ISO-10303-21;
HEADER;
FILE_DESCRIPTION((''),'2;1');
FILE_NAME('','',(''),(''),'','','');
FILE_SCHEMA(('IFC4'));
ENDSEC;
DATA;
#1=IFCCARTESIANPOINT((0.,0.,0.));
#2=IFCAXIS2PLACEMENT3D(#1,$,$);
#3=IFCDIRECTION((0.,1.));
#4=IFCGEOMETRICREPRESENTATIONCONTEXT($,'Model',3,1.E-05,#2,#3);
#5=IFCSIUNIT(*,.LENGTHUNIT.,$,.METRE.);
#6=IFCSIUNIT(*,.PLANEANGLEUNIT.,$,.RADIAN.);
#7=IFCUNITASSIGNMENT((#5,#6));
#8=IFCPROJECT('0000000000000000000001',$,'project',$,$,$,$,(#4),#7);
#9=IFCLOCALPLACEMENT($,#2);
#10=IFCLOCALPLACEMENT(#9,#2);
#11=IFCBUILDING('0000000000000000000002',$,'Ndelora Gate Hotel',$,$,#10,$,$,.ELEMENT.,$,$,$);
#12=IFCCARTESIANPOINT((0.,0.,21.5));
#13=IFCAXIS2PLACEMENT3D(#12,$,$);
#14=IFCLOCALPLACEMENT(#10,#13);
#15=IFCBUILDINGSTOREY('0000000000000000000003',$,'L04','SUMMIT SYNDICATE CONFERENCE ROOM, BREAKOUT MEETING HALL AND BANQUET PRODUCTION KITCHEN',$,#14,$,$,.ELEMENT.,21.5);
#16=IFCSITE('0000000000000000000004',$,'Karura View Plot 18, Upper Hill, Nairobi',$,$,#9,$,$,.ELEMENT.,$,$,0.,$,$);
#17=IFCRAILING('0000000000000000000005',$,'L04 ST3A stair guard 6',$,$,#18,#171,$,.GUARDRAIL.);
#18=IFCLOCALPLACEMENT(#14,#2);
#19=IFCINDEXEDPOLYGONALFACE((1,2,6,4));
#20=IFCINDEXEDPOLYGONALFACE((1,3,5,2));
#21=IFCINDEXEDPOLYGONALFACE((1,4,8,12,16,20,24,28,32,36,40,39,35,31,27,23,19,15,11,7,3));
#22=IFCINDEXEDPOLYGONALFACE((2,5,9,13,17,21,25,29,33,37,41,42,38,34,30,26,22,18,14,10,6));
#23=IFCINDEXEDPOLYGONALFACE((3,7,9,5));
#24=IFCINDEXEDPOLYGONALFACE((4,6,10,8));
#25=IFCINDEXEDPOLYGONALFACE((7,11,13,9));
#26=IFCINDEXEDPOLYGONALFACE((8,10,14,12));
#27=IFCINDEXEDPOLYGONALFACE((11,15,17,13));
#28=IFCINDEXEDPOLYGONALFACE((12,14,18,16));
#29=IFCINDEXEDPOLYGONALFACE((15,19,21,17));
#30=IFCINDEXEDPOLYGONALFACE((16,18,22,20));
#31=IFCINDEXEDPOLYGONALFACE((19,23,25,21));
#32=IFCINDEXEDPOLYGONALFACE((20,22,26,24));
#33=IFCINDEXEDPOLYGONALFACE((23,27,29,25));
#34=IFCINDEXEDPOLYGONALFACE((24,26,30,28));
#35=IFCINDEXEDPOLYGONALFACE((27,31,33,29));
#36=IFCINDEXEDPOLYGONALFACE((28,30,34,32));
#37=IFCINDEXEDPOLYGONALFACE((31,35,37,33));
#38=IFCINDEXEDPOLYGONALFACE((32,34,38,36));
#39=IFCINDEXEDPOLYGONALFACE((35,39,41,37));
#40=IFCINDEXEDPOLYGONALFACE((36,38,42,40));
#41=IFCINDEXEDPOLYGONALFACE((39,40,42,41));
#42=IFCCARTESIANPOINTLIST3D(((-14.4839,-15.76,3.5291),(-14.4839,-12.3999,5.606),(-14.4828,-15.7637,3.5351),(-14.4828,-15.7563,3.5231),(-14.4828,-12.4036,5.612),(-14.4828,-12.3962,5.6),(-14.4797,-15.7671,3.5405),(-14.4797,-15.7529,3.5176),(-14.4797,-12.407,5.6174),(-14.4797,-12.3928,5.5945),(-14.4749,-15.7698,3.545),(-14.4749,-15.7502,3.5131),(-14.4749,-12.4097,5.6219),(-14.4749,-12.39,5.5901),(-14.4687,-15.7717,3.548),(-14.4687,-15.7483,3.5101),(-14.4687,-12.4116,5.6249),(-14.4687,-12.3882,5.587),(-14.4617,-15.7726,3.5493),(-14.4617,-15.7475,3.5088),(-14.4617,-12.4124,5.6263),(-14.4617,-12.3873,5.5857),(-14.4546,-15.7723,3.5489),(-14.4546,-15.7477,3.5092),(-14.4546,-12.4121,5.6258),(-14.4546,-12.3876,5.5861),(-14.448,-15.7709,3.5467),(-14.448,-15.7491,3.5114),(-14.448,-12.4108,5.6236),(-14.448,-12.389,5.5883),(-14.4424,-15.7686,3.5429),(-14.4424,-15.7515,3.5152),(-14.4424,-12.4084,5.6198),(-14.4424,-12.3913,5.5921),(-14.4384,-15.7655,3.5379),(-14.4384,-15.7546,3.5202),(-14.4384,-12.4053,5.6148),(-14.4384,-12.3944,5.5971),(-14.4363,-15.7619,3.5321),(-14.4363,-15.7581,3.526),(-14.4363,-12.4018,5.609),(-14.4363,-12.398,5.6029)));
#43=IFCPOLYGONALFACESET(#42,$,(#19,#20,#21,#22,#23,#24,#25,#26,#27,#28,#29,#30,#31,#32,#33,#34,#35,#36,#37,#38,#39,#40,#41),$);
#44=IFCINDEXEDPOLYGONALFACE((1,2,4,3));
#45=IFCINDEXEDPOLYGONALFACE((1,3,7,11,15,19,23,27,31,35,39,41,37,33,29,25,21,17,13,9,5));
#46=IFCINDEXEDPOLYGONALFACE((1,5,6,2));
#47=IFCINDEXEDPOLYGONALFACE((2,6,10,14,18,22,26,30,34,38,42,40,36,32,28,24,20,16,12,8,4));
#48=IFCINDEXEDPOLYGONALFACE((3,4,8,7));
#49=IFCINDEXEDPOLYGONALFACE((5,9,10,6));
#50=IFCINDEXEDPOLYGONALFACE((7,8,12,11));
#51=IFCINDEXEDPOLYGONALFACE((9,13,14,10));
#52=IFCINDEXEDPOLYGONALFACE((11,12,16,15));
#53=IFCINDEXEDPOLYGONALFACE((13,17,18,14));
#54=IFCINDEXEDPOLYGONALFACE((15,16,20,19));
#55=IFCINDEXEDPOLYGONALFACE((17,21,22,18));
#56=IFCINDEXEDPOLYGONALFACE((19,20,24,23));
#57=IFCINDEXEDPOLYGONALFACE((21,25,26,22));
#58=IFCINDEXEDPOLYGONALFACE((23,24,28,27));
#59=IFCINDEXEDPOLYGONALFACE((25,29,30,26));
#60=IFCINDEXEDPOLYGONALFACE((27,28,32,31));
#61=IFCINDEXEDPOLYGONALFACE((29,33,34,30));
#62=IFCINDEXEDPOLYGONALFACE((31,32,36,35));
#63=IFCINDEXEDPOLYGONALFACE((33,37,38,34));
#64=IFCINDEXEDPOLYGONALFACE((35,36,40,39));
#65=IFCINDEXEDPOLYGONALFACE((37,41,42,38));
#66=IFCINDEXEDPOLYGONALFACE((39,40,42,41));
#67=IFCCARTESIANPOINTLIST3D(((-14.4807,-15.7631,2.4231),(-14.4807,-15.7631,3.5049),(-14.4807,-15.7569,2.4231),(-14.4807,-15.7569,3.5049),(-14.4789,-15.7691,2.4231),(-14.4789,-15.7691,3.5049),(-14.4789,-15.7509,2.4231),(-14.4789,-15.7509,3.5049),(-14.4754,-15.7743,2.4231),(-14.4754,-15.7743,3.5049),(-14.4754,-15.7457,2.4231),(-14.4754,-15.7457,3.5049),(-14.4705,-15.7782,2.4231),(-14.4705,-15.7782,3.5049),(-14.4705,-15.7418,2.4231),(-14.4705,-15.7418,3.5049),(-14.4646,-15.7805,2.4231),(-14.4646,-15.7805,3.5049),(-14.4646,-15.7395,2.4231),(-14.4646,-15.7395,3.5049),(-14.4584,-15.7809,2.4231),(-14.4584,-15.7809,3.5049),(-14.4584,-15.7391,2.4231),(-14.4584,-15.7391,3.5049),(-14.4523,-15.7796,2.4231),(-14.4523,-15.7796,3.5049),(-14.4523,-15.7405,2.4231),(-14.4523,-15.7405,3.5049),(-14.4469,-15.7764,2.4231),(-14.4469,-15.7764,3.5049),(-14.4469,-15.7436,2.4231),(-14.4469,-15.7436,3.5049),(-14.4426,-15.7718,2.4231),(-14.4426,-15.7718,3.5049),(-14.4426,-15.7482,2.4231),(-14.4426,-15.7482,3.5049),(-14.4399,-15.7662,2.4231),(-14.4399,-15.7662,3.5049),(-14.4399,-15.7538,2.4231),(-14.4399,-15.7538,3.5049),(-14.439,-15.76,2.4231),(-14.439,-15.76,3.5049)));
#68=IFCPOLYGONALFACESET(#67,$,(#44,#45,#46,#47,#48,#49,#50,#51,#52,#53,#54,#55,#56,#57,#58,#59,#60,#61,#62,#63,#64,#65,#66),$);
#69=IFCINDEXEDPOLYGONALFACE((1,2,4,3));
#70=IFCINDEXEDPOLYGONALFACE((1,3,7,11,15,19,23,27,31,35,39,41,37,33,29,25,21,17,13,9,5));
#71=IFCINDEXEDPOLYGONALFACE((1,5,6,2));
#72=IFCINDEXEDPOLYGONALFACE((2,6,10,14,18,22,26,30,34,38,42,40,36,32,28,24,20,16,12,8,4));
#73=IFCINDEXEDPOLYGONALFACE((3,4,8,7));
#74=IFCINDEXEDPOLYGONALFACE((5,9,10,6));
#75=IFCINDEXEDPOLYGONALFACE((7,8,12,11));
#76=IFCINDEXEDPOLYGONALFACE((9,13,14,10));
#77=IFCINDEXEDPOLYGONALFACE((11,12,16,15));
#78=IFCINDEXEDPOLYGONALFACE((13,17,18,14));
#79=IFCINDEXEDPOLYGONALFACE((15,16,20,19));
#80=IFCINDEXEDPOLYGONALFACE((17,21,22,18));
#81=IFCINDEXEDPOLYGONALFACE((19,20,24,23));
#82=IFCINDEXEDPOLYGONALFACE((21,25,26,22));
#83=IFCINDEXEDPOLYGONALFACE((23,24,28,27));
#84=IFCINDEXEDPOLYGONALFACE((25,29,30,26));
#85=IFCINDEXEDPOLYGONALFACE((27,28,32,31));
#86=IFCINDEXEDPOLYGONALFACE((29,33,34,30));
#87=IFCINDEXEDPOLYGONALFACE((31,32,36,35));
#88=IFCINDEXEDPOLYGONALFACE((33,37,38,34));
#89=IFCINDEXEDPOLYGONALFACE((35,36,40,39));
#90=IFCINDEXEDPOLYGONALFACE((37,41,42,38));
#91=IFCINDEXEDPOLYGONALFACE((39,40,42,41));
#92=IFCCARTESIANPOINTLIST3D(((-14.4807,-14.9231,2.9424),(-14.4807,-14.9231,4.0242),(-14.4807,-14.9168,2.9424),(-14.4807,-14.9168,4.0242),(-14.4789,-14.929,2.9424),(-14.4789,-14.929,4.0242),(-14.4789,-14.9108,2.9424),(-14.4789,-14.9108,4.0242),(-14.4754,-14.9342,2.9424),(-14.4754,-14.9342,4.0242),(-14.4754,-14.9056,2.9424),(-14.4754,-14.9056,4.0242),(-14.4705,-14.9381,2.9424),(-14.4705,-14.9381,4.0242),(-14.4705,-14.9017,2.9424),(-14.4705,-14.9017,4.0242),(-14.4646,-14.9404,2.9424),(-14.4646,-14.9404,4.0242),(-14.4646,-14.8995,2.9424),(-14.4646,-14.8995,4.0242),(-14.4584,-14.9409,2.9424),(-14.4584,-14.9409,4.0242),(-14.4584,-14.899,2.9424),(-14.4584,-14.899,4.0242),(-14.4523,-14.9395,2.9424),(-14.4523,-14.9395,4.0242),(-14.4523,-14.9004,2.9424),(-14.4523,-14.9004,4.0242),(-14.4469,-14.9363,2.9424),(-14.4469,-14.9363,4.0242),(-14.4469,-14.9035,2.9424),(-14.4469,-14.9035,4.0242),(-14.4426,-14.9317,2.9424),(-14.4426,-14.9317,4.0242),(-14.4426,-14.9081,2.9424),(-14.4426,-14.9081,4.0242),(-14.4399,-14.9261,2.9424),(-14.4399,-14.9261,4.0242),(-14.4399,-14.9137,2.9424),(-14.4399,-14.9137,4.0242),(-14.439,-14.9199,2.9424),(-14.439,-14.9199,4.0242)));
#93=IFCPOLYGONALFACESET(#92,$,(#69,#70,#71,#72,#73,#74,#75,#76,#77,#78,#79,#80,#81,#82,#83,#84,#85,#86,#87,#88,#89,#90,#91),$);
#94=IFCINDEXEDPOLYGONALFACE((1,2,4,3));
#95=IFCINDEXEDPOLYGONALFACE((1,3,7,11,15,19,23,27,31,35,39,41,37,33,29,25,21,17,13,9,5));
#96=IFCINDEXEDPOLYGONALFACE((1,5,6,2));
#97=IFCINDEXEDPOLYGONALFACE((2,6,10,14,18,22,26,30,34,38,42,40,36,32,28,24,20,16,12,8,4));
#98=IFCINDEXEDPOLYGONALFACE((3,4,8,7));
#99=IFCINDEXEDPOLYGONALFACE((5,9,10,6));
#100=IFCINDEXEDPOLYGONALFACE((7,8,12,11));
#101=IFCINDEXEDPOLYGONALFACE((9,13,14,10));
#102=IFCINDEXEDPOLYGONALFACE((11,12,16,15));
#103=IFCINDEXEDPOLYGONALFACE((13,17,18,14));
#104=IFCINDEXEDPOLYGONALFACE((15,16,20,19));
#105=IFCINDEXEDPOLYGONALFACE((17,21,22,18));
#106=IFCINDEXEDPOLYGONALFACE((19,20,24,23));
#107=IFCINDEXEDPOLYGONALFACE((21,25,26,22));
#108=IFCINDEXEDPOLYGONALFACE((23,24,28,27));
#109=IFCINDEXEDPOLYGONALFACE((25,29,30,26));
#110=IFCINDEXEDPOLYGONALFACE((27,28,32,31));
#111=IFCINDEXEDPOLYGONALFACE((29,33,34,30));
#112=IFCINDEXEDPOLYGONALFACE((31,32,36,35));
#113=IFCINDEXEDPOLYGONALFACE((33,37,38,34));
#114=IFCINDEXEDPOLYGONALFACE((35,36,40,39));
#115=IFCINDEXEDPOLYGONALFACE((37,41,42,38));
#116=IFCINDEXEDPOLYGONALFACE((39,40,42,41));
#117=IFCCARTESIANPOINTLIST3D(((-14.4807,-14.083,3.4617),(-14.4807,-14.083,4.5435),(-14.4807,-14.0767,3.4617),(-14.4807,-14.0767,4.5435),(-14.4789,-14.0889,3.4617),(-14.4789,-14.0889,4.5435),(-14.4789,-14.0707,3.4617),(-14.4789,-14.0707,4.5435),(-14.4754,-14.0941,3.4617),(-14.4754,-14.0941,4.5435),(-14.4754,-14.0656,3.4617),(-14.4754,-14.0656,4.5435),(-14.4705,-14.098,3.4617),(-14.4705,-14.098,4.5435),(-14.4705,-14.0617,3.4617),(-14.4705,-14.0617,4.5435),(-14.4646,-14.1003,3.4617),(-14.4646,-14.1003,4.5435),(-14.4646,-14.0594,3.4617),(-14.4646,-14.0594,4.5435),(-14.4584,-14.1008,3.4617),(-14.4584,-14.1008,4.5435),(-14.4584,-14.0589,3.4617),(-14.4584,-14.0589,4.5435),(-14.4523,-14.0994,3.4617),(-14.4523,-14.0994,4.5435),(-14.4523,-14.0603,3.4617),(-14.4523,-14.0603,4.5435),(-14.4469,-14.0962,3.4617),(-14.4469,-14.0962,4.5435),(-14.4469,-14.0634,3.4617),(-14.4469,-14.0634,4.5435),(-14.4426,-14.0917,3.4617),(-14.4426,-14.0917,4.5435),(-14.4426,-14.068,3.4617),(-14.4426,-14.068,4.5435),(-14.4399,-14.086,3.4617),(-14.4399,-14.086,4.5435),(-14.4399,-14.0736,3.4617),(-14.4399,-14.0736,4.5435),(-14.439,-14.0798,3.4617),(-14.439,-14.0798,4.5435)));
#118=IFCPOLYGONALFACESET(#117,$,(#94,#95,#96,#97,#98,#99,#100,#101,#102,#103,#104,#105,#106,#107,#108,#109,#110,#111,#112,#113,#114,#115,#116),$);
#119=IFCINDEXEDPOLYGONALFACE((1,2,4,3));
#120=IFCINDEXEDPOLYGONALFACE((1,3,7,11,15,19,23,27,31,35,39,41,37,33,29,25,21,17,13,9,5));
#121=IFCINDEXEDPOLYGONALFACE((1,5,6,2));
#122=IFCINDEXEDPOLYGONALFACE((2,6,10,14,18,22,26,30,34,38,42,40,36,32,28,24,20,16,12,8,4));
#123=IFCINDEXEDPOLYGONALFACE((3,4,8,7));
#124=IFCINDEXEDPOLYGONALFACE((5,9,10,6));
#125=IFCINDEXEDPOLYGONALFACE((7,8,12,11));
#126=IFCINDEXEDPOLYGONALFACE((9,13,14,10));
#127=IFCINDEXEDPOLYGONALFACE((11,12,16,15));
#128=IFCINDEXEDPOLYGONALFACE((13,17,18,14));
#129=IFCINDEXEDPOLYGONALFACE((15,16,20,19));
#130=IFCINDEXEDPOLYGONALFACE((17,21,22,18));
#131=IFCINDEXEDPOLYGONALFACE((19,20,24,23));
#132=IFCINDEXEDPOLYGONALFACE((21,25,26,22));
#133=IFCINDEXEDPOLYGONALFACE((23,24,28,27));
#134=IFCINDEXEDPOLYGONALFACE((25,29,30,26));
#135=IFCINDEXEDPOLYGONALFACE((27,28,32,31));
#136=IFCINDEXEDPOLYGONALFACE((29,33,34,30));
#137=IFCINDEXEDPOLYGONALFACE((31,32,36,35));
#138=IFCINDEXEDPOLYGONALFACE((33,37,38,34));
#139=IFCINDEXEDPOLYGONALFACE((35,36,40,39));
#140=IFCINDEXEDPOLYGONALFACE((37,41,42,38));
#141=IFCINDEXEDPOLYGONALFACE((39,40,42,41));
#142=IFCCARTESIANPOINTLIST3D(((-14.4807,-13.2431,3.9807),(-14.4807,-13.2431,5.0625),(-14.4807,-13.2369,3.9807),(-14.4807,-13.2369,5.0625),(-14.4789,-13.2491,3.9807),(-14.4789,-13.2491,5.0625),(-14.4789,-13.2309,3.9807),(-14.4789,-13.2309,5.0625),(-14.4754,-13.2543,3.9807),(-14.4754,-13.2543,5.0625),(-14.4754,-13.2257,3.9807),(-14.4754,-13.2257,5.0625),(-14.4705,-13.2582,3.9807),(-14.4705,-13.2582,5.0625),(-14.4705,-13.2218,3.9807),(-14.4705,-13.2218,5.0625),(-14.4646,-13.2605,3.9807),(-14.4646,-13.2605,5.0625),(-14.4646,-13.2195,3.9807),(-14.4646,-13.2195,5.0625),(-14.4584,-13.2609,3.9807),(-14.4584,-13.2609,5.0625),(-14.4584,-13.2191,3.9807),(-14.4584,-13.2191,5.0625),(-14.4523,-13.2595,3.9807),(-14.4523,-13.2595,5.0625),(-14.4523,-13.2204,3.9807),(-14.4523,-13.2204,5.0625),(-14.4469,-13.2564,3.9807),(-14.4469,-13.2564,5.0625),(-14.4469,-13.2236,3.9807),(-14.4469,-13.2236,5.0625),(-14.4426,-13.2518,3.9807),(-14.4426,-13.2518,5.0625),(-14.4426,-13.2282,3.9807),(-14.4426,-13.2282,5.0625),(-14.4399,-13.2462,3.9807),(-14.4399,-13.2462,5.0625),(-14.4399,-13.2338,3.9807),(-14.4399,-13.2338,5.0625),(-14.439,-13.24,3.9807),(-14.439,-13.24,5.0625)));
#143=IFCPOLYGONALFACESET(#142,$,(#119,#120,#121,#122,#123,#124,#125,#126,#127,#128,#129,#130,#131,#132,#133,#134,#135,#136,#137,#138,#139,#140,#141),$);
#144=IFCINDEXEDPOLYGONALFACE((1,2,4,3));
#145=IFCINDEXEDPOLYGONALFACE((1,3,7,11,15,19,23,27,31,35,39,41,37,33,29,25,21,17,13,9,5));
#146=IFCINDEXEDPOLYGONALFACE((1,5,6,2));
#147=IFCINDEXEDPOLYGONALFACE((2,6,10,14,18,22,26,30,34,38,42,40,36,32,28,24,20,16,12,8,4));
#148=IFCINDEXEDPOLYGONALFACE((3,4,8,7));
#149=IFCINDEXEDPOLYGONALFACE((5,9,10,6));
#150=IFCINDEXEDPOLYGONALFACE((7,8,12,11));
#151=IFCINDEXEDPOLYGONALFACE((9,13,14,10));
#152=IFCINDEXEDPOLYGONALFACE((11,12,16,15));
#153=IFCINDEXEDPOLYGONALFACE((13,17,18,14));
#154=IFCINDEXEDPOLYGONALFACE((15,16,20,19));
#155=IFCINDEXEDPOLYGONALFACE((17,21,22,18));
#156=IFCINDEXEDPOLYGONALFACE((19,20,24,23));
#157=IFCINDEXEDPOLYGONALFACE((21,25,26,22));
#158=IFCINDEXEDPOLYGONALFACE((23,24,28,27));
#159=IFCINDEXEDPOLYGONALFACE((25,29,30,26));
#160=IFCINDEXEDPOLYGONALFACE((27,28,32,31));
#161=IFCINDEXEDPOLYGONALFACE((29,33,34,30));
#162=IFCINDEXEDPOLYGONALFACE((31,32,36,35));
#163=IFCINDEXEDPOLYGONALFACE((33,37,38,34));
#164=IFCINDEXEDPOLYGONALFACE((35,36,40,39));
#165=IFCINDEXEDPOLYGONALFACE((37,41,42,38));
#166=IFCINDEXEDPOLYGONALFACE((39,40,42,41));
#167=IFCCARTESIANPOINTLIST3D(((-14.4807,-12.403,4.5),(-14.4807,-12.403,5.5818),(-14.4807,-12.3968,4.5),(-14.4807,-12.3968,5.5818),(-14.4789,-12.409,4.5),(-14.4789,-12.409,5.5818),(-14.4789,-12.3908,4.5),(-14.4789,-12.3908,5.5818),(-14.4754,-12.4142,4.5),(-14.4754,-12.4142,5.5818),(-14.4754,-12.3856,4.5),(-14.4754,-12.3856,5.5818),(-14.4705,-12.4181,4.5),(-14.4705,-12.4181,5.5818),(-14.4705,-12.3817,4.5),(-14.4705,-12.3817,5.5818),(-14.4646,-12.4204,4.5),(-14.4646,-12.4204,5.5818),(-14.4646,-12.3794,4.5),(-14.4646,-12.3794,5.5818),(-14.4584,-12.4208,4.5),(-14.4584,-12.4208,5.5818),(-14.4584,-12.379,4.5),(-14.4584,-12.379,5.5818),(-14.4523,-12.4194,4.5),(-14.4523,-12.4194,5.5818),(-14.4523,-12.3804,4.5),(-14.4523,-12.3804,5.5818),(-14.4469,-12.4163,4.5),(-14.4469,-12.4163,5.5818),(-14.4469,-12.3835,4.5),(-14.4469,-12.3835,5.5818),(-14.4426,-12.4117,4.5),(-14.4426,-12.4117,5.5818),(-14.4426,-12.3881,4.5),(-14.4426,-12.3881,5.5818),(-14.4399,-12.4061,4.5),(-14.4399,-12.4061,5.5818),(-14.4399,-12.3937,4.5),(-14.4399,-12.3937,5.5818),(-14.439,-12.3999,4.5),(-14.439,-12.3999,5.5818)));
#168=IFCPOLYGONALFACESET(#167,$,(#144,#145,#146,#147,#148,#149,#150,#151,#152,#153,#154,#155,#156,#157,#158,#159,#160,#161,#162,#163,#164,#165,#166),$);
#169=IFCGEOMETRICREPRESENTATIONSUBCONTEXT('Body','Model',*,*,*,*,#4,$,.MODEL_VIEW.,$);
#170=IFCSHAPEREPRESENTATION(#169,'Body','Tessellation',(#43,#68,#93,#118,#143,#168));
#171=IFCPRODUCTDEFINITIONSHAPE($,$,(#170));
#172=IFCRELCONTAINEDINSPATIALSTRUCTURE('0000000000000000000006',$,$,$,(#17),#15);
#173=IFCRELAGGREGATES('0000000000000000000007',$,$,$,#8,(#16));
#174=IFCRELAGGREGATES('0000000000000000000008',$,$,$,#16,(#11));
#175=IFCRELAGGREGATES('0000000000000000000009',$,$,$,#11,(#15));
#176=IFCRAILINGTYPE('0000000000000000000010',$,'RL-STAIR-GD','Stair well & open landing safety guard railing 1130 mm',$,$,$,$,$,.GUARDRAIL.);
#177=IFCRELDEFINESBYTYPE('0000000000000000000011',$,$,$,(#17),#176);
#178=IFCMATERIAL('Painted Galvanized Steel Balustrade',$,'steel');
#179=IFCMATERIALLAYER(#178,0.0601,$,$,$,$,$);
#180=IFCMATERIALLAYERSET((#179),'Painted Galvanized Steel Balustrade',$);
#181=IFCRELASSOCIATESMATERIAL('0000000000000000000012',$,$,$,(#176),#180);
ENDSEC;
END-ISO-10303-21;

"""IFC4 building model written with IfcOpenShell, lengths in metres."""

from ifc_helpers import new_model, si_unit, direction, frame, origin, origin_2d, place, context, subcontext, project, spatial, circle, extrude, material, layer, layer_set, type_object, element, save


model = new_model("IFC4")

# Units and contexts
model_context = context("Model", 3, precision=1e-05, world=origin(), true_north=direction((0.0, 1.0)))
body_context = subcontext(model_context, "Body", "Model", "MODEL_VIEW")
ifc_project = project(units=[si_unit("LENGTHUNIT", "METRE"), si_unit("PLANEANGLEUNIT", "RADIAN")], contexts=[model_context])

# Site, building, storey
site_placement = place(None, origin())
site = spatial("IfcSite", under=ifc_project, at=site_placement, Name="Karura View Plot 18, Upper Hill, Nairobi", CompositionType="ELEMENT", RefElevation=0.0)
building_placement = place(site_placement, origin())
building = spatial("IfcBuilding", under=site, at=building_placement, Name="Ndelora Gate Hotel", CompositionType="ELEMENT")
storey_placement = place(building_placement, frame((0.0, 0.0, 21.5)))
storey = spatial("IfcBuildingStorey", under=building, at=storey_placement, Name="L04", Description="SUMMIT SYNDICATE CONFERENCE ROOM, BREAKOUT MEETING HALL AND BANQUET PRODUCTION KITCHEN", CompositionType="ELEMENT", Elevation=21.5)

# Railing
ifc_material_1 = material(Name="Painted Galvanized Steel Balustrade", Category="steel")
ifc_layer_1 = layer(ifc_material_1, 0.0601)
ifc_layer_set_1 = layer_set([ifc_layer_1], Name="Painted Galvanized Steel Balustrade")
railing_type_1 = type_object("IfcRailingType", Name="RL-STAIR-GD", Description="Stair well & open landing safety guard railing 1130 mm", PredefinedType="GUARDRAIL", material=ifc_layer_set_1)
railing_1_placement = place(storey_placement, frame((-14.46, -15.76, 2.4231)))
element("IfcRailing", 1, at=railing_1_placement, inside=storey, type_object=railing_type_1, Name="L04 ST3A stair guard 6", PredefinedType="GUARDRAIL", context=body_context, shape_type="SweptSolid", body=[
    extrude(circle(Radius=0.0239, at=origin_2d()), frame((0.0, 0.0, 1.106), z_axis=(0.0, 0.850623, 0.525776), x_axis=(-1.0, 0.0, 0.0)), (0.0, 0.0, 1.0), 3.9502),
    extrude(circle(Radius=0.021, at=origin_2d()), origin(), (0.0, 0.0, 1.0), 1.0818),
    extrude(circle(Radius=0.021, at=origin_2d()), frame((0.0, 0.8401, 0.5193)), (0.0, 0.0, 1.0), 1.0818),
    extrude(circle(Radius=0.021, at=origin_2d()), frame((0.0, 1.6802, 1.0386)), (0.0, 0.0, 1.0), 1.0818),
    extrude(circle(Radius=0.021, at=origin_2d()), frame((0.0, 2.52, 1.5576)), (0.0, 0.0, 1.0), 1.0818),
    extrude(circle(Radius=0.021, at=origin_2d()), frame((0.0, 3.3601, 2.0769)), (0.0, 0.0, 1.0), 1.0818),
])

save(model, "model.ifc")
